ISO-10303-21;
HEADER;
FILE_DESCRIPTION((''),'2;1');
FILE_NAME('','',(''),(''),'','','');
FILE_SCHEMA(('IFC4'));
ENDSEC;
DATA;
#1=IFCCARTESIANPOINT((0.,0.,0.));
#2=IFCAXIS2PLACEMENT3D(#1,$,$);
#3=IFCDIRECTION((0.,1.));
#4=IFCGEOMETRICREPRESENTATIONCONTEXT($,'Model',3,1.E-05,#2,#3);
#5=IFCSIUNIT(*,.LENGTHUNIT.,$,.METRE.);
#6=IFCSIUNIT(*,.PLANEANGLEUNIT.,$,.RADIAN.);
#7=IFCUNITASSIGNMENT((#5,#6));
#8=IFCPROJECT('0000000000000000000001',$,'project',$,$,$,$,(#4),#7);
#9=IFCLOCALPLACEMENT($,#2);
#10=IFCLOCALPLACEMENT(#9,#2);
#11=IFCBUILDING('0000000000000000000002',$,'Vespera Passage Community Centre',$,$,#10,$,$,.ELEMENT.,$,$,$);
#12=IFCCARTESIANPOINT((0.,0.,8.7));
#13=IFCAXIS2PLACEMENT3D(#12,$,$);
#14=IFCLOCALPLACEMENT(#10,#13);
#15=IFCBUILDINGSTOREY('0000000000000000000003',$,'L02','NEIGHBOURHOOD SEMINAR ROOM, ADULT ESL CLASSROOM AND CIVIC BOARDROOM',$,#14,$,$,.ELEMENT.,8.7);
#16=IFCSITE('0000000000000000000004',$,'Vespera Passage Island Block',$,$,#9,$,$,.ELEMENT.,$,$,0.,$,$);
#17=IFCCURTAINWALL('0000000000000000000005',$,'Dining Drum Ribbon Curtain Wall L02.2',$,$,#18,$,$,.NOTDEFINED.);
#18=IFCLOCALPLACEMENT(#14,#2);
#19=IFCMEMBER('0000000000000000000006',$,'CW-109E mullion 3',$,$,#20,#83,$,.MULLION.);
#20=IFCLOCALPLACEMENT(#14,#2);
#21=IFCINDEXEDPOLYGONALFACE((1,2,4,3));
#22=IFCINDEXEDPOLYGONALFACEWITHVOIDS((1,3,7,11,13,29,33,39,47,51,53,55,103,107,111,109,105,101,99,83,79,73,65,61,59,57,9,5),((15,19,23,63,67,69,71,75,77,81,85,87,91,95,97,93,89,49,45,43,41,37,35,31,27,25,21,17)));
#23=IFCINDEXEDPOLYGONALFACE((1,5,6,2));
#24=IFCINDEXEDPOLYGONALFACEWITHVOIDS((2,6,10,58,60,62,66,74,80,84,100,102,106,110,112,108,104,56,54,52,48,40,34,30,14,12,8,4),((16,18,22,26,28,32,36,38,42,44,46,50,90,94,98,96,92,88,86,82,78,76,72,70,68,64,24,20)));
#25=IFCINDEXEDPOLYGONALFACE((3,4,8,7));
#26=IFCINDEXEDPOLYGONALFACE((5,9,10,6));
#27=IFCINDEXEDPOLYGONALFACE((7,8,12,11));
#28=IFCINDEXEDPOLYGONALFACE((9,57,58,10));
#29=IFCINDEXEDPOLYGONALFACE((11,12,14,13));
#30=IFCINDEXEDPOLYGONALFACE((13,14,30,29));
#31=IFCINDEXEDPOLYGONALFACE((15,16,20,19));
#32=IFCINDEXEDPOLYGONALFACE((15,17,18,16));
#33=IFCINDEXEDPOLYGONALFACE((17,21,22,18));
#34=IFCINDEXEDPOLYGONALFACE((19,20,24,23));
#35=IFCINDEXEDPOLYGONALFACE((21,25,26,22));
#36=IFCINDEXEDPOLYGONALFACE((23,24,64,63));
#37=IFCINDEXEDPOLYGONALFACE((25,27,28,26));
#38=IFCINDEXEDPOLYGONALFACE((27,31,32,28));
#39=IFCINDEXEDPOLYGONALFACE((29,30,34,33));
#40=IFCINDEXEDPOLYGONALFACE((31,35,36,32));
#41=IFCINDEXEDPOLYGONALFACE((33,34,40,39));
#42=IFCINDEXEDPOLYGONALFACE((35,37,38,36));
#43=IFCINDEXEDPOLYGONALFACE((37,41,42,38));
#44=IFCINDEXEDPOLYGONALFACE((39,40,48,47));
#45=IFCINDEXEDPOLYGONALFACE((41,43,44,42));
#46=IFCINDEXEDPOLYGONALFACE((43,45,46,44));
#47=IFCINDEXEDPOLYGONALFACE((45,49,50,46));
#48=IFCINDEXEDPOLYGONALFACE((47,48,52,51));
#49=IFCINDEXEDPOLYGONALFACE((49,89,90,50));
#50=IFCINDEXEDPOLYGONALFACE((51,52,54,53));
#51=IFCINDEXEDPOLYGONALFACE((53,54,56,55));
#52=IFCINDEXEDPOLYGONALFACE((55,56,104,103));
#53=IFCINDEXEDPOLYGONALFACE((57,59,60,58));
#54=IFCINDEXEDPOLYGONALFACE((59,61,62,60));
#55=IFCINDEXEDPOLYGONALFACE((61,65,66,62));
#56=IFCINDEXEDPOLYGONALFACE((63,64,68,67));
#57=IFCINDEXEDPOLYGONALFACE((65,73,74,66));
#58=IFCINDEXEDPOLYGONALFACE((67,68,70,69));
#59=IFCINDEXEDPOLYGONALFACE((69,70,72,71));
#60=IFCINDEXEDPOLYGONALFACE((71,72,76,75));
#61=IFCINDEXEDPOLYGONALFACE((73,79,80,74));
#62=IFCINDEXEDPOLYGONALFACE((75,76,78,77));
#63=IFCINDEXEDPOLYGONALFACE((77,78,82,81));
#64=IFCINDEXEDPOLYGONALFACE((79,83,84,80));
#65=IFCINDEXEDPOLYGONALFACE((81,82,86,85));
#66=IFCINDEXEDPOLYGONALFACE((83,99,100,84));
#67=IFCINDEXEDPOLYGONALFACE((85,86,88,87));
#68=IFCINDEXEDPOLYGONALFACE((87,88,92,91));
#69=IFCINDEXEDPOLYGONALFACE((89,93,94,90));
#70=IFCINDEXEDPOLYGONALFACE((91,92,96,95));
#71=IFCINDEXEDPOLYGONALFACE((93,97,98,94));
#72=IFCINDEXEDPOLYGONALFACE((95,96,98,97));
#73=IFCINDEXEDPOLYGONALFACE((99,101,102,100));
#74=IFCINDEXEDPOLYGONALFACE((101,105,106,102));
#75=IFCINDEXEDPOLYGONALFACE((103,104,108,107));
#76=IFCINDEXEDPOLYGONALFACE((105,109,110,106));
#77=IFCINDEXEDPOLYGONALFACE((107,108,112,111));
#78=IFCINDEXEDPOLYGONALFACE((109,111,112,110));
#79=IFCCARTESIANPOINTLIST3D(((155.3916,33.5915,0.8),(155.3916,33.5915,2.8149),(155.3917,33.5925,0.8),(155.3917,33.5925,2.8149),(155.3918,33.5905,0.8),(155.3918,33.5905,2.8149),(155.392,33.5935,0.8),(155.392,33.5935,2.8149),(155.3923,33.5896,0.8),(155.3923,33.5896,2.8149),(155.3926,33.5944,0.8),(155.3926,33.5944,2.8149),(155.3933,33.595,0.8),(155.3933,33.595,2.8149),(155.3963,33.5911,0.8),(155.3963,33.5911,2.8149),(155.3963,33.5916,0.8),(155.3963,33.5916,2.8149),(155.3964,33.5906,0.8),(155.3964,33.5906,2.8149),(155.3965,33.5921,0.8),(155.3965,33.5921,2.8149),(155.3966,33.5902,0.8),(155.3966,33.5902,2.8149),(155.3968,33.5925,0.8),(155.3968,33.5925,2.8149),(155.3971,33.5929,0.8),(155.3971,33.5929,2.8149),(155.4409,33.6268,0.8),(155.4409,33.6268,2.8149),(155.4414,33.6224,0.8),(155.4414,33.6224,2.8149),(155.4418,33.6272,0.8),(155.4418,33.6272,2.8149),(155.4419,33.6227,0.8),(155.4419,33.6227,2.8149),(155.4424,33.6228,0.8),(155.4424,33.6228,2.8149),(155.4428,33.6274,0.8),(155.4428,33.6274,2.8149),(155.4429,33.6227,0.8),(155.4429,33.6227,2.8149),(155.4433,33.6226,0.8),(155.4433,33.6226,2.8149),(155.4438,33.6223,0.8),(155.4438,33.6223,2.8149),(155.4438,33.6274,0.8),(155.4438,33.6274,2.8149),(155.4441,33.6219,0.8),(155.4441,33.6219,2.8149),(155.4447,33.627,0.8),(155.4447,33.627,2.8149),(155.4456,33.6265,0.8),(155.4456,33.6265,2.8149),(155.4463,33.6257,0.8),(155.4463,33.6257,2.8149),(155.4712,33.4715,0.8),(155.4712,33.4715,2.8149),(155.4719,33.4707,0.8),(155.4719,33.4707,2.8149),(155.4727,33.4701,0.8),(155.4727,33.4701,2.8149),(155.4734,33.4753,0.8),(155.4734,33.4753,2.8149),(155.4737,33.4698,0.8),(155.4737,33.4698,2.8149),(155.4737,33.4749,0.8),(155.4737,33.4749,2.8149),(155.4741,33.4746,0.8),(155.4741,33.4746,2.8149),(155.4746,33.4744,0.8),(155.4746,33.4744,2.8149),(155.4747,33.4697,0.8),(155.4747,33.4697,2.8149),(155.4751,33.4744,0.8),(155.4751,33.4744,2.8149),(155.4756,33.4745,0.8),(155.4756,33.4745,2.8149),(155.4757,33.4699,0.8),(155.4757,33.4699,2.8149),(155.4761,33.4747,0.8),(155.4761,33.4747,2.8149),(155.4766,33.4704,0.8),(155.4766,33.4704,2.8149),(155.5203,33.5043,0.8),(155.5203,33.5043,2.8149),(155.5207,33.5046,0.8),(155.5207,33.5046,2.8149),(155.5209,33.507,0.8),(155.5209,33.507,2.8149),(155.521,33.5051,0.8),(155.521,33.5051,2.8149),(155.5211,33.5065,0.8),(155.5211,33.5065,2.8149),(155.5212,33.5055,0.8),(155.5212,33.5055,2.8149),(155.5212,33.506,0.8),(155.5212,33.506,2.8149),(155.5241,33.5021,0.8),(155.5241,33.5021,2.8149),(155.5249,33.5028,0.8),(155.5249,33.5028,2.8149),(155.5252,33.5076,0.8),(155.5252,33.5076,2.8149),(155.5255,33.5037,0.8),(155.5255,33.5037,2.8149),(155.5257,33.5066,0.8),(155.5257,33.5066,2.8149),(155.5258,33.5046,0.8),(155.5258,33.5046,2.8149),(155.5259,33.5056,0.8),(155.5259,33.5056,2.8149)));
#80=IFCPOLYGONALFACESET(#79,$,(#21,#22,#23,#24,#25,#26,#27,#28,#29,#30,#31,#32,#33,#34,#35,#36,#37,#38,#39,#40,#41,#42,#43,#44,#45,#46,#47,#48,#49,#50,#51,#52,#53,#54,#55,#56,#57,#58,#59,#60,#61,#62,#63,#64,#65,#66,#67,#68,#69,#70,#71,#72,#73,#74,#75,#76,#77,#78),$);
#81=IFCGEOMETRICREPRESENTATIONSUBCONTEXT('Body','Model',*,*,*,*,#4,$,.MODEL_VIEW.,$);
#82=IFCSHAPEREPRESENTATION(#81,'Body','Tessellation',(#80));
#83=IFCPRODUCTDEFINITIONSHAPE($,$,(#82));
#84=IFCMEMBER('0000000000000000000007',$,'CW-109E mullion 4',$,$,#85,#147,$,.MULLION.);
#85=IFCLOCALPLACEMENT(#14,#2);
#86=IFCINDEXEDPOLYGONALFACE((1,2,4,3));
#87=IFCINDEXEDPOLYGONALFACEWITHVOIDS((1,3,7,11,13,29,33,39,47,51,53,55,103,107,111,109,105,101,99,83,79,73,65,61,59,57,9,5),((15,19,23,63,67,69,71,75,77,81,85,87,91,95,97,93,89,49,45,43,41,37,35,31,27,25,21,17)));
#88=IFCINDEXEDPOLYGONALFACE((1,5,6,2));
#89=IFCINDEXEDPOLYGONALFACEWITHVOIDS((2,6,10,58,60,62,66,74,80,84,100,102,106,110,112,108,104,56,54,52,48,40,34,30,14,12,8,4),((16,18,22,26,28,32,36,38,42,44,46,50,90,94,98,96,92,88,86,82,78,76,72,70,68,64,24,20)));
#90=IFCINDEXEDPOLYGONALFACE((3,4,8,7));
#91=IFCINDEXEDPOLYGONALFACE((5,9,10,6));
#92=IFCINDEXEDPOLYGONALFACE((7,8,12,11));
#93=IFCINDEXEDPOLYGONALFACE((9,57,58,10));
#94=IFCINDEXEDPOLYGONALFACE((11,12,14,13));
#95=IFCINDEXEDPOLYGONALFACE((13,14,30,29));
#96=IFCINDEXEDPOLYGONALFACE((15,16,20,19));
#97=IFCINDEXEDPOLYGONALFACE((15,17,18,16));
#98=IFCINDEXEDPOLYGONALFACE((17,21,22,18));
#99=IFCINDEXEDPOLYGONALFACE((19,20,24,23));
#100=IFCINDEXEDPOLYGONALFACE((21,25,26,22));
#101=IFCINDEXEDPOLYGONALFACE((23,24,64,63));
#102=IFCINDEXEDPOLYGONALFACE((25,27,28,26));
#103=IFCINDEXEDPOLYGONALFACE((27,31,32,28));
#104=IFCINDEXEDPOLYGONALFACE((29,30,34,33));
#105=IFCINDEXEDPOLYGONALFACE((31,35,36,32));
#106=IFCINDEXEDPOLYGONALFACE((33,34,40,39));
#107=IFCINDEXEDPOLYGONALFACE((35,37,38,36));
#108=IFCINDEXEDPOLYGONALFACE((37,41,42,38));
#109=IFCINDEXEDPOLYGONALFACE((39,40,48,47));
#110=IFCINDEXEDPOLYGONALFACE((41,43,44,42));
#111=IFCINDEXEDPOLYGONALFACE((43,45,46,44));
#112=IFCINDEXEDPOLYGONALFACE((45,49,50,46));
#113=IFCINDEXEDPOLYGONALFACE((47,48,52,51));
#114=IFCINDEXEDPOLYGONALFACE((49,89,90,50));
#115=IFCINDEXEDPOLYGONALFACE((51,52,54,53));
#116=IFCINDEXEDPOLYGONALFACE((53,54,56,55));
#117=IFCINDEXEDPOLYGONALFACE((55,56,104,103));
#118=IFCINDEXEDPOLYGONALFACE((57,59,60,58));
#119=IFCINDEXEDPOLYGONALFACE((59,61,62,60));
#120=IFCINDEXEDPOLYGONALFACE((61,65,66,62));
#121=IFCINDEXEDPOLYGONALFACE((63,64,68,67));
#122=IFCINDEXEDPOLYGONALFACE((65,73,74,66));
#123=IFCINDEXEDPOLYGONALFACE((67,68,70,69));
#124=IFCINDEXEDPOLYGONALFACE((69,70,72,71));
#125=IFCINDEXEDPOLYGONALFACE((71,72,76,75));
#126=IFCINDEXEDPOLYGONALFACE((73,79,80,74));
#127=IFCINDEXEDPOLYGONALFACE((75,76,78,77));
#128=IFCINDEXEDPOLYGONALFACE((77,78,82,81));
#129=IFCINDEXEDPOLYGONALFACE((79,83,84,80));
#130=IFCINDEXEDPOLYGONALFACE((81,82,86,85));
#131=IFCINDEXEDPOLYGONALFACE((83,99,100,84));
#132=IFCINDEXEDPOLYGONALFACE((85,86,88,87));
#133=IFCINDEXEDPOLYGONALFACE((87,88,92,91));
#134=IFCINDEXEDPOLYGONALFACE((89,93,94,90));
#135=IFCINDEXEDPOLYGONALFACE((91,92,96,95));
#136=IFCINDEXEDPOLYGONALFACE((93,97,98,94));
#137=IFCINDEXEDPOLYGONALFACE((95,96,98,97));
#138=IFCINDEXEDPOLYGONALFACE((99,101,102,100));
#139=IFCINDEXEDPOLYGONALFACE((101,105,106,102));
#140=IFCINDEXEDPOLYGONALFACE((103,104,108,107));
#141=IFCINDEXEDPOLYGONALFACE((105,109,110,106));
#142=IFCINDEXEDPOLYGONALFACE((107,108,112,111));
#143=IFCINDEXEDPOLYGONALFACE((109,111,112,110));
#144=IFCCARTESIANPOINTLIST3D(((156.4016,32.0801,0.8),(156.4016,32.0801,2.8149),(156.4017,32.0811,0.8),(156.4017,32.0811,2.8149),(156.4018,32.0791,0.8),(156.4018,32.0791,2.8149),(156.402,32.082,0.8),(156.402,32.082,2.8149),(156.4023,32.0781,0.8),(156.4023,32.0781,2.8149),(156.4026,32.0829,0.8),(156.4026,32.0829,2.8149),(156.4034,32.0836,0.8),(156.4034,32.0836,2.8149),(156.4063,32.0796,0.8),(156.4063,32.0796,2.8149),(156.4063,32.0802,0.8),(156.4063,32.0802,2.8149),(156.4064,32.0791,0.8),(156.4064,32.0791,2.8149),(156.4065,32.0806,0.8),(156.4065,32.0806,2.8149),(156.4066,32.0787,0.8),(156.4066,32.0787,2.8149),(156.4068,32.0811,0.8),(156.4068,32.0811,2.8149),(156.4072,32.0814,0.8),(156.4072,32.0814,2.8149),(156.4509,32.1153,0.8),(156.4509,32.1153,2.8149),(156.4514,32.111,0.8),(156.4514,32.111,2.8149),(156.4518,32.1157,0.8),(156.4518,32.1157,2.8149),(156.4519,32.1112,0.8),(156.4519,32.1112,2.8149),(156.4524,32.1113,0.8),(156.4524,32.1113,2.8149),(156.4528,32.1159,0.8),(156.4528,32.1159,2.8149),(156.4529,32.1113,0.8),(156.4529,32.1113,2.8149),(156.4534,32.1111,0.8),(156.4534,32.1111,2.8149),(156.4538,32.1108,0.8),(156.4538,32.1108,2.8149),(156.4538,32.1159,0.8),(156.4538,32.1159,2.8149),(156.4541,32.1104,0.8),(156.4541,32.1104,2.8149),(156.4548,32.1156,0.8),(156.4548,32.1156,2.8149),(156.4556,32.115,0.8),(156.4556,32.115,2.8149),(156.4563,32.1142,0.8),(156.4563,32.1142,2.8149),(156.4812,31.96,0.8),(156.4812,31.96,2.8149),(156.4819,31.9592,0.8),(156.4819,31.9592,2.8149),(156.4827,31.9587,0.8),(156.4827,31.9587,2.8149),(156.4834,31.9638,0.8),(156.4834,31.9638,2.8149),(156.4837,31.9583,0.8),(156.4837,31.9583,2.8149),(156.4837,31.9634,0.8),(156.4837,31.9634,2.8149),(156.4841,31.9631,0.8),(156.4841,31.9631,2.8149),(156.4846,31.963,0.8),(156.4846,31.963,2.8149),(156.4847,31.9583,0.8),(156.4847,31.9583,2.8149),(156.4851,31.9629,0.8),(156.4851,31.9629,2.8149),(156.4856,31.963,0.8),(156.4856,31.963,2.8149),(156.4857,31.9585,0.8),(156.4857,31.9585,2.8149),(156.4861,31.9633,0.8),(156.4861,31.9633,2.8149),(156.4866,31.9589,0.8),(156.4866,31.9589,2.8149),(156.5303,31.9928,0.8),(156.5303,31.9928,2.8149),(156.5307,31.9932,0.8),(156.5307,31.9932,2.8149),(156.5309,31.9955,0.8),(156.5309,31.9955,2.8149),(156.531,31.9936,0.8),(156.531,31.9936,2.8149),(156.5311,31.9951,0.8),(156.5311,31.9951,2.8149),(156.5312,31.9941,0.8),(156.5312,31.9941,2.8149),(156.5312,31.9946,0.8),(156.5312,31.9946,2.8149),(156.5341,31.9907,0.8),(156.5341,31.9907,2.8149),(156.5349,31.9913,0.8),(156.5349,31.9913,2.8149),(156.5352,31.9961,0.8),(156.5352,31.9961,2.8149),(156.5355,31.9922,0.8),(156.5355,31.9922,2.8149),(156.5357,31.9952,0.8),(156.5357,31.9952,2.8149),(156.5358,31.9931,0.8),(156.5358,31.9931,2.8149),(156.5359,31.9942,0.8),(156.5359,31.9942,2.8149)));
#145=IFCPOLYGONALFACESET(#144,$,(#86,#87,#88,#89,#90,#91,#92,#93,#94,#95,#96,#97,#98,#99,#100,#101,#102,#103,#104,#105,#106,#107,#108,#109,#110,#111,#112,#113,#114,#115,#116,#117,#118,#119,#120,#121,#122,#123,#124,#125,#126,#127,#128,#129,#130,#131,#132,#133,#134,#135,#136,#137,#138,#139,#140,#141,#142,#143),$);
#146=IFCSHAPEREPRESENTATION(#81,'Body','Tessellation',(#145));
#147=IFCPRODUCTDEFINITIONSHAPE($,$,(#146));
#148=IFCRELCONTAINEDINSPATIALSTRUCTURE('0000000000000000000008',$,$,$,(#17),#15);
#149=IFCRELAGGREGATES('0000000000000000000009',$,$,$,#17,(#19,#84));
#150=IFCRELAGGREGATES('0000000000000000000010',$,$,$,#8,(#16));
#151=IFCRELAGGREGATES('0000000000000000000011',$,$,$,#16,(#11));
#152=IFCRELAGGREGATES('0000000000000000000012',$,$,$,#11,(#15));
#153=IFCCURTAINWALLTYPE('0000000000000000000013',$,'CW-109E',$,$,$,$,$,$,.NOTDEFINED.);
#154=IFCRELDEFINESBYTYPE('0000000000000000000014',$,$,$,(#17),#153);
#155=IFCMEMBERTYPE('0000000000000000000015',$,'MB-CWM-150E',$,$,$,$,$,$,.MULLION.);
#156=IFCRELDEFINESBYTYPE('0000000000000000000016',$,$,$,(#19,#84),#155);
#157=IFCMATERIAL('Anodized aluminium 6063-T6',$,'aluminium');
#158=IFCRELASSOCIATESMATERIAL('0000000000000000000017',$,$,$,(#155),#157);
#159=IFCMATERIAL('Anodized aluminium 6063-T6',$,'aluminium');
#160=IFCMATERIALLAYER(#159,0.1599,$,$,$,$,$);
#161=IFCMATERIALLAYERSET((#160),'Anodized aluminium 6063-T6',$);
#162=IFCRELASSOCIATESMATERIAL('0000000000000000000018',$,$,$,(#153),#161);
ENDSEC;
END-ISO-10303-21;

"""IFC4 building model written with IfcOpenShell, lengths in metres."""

from ifc_helpers import new_model, si_unit, direction, frame, origin, origin_2d, place, context, subcontext, project, spatial, hollow_rectangle, extrude, material, layer, layer_set, material_profile, profile_set, type_object, element, aggregate, save


model = new_model("IFC4")

# Units and contexts
model_context = context("Model", 3, precision=1e-05, world=origin(), true_north=direction((0.0, 1.0)))
body_context = subcontext(model_context, "Body", "Model", "MODEL_VIEW")
ifc_project = project(units=[si_unit("LENGTHUNIT", "METRE"), si_unit("PLANEANGLEUNIT", "RADIAN")], contexts=[model_context])

# Site, building, storey
site_placement = place(None, origin())
site = spatial("IfcSite", under=ifc_project, at=site_placement, Name="Vespera Passage Island Block", CompositionType="ELEMENT", RefElevation=0.0)
building_placement = place(site_placement, origin())
building = spatial("IfcBuilding", under=site, at=building_placement, Name="Vespera Passage Community Centre", CompositionType="ELEMENT")
storey_placement = place(building_placement, frame((0.0, 0.0, 8.7)))
storey = spatial("IfcBuildingStorey", under=building, at=storey_placement, Name="L02", Description="NEIGHBOURHOOD SEMINAR ROOM, ADULT ESL CLASSROOM AND CIVIC BOARDROOM", CompositionType="ELEMENT", Elevation=8.7)

# Shared definitions
ifc_material_1 = material(Name="Anodized aluminium 6063-T6", Category="aluminium")
ifc_material_profile_1 = material_profile(ifc_material_1, hollow_rectangle(XDim=0.0649, YDim=0.1499, WallThickness=0.0039, InnerFilletRadius=0.002, OuterFilletRadius=0.0039, at=origin_2d()), Name="ALU150X65X4")
ifc_profile_set_1 = profile_set([ifc_material_profile_1], Name="Anodized aluminium 6063-T6")
member_type_1 = type_object("IfcMemberType", Name="MB-CWM-150E", PredefinedType="MULLION", material=ifc_profile_set_1)

# Curtain wall, members
ifc_material_2 = material(Name="Anodized aluminium 6063-T6", Category="aluminium")
ifc_layer_1 = layer(ifc_material_2, 0.1599)
ifc_layer_set_1 = layer_set([ifc_layer_1], Name="Anodized aluminium 6063-T6")
curtain_wall_type_1 = type_object("IfcCurtainWallType", Name="CW-109E", PredefinedType="NOTDEFINED", material=ifc_layer_set_1)
curtain_wall_1_placement = place(storey_placement, origin())
curtain_wall_1 = element("IfcCurtainWall", 1, at=curtain_wall_1_placement, inside=storey, type_object=curtain_wall_type_1, Name="Dining Drum Ribbon Curtain Wall L02.2", PredefinedType="NOTDEFINED")
member_1_placement = place(storey_placement, frame((155.4587, 33.5486, 0.8), z_axis=(0.0, 0.0, 1.0), x_axis=(0.831473, 0.555565, 0.0)))
member_1 = element("IfcMember", 2, at=member_1_placement, type_object=member_type_1, Name="CW-109E mullion 3", PredefinedType="MULLION", context=body_context, shape_type="SweptSolid", body=[
    extrude(hollow_rectangle(XDim=0.0649, YDim=0.1499, WallThickness=0.0039, InnerFilletRadius=0.002, OuterFilletRadius=0.0039, at=origin_2d()), origin(), (0.0, 0.0, 1.0), 2.0149),
])
member_2_placement = place(storey_placement, frame((156.4688, 32.0371, 0.8), z_axis=(0.0, 0.0, 1.0), x_axis=(0.831473, 0.555565, 0.0)))
member_2 = element("IfcMember", 3, at=member_2_placement, type_object=member_type_1, Name="CW-109E mullion 4", PredefinedType="MULLION", context=body_context, shape_type="SweptSolid", body=[
    extrude(hollow_rectangle(XDim=0.0649, YDim=0.1499, WallThickness=0.0039, InnerFilletRadius=0.002, OuterFilletRadius=0.0039, at=origin_2d()), origin(), (0.0, 0.0, 1.0), 2.0149),
])

aggregate(curtain_wall_1, [member_1, member_2])

save(model, "model.ifc")
